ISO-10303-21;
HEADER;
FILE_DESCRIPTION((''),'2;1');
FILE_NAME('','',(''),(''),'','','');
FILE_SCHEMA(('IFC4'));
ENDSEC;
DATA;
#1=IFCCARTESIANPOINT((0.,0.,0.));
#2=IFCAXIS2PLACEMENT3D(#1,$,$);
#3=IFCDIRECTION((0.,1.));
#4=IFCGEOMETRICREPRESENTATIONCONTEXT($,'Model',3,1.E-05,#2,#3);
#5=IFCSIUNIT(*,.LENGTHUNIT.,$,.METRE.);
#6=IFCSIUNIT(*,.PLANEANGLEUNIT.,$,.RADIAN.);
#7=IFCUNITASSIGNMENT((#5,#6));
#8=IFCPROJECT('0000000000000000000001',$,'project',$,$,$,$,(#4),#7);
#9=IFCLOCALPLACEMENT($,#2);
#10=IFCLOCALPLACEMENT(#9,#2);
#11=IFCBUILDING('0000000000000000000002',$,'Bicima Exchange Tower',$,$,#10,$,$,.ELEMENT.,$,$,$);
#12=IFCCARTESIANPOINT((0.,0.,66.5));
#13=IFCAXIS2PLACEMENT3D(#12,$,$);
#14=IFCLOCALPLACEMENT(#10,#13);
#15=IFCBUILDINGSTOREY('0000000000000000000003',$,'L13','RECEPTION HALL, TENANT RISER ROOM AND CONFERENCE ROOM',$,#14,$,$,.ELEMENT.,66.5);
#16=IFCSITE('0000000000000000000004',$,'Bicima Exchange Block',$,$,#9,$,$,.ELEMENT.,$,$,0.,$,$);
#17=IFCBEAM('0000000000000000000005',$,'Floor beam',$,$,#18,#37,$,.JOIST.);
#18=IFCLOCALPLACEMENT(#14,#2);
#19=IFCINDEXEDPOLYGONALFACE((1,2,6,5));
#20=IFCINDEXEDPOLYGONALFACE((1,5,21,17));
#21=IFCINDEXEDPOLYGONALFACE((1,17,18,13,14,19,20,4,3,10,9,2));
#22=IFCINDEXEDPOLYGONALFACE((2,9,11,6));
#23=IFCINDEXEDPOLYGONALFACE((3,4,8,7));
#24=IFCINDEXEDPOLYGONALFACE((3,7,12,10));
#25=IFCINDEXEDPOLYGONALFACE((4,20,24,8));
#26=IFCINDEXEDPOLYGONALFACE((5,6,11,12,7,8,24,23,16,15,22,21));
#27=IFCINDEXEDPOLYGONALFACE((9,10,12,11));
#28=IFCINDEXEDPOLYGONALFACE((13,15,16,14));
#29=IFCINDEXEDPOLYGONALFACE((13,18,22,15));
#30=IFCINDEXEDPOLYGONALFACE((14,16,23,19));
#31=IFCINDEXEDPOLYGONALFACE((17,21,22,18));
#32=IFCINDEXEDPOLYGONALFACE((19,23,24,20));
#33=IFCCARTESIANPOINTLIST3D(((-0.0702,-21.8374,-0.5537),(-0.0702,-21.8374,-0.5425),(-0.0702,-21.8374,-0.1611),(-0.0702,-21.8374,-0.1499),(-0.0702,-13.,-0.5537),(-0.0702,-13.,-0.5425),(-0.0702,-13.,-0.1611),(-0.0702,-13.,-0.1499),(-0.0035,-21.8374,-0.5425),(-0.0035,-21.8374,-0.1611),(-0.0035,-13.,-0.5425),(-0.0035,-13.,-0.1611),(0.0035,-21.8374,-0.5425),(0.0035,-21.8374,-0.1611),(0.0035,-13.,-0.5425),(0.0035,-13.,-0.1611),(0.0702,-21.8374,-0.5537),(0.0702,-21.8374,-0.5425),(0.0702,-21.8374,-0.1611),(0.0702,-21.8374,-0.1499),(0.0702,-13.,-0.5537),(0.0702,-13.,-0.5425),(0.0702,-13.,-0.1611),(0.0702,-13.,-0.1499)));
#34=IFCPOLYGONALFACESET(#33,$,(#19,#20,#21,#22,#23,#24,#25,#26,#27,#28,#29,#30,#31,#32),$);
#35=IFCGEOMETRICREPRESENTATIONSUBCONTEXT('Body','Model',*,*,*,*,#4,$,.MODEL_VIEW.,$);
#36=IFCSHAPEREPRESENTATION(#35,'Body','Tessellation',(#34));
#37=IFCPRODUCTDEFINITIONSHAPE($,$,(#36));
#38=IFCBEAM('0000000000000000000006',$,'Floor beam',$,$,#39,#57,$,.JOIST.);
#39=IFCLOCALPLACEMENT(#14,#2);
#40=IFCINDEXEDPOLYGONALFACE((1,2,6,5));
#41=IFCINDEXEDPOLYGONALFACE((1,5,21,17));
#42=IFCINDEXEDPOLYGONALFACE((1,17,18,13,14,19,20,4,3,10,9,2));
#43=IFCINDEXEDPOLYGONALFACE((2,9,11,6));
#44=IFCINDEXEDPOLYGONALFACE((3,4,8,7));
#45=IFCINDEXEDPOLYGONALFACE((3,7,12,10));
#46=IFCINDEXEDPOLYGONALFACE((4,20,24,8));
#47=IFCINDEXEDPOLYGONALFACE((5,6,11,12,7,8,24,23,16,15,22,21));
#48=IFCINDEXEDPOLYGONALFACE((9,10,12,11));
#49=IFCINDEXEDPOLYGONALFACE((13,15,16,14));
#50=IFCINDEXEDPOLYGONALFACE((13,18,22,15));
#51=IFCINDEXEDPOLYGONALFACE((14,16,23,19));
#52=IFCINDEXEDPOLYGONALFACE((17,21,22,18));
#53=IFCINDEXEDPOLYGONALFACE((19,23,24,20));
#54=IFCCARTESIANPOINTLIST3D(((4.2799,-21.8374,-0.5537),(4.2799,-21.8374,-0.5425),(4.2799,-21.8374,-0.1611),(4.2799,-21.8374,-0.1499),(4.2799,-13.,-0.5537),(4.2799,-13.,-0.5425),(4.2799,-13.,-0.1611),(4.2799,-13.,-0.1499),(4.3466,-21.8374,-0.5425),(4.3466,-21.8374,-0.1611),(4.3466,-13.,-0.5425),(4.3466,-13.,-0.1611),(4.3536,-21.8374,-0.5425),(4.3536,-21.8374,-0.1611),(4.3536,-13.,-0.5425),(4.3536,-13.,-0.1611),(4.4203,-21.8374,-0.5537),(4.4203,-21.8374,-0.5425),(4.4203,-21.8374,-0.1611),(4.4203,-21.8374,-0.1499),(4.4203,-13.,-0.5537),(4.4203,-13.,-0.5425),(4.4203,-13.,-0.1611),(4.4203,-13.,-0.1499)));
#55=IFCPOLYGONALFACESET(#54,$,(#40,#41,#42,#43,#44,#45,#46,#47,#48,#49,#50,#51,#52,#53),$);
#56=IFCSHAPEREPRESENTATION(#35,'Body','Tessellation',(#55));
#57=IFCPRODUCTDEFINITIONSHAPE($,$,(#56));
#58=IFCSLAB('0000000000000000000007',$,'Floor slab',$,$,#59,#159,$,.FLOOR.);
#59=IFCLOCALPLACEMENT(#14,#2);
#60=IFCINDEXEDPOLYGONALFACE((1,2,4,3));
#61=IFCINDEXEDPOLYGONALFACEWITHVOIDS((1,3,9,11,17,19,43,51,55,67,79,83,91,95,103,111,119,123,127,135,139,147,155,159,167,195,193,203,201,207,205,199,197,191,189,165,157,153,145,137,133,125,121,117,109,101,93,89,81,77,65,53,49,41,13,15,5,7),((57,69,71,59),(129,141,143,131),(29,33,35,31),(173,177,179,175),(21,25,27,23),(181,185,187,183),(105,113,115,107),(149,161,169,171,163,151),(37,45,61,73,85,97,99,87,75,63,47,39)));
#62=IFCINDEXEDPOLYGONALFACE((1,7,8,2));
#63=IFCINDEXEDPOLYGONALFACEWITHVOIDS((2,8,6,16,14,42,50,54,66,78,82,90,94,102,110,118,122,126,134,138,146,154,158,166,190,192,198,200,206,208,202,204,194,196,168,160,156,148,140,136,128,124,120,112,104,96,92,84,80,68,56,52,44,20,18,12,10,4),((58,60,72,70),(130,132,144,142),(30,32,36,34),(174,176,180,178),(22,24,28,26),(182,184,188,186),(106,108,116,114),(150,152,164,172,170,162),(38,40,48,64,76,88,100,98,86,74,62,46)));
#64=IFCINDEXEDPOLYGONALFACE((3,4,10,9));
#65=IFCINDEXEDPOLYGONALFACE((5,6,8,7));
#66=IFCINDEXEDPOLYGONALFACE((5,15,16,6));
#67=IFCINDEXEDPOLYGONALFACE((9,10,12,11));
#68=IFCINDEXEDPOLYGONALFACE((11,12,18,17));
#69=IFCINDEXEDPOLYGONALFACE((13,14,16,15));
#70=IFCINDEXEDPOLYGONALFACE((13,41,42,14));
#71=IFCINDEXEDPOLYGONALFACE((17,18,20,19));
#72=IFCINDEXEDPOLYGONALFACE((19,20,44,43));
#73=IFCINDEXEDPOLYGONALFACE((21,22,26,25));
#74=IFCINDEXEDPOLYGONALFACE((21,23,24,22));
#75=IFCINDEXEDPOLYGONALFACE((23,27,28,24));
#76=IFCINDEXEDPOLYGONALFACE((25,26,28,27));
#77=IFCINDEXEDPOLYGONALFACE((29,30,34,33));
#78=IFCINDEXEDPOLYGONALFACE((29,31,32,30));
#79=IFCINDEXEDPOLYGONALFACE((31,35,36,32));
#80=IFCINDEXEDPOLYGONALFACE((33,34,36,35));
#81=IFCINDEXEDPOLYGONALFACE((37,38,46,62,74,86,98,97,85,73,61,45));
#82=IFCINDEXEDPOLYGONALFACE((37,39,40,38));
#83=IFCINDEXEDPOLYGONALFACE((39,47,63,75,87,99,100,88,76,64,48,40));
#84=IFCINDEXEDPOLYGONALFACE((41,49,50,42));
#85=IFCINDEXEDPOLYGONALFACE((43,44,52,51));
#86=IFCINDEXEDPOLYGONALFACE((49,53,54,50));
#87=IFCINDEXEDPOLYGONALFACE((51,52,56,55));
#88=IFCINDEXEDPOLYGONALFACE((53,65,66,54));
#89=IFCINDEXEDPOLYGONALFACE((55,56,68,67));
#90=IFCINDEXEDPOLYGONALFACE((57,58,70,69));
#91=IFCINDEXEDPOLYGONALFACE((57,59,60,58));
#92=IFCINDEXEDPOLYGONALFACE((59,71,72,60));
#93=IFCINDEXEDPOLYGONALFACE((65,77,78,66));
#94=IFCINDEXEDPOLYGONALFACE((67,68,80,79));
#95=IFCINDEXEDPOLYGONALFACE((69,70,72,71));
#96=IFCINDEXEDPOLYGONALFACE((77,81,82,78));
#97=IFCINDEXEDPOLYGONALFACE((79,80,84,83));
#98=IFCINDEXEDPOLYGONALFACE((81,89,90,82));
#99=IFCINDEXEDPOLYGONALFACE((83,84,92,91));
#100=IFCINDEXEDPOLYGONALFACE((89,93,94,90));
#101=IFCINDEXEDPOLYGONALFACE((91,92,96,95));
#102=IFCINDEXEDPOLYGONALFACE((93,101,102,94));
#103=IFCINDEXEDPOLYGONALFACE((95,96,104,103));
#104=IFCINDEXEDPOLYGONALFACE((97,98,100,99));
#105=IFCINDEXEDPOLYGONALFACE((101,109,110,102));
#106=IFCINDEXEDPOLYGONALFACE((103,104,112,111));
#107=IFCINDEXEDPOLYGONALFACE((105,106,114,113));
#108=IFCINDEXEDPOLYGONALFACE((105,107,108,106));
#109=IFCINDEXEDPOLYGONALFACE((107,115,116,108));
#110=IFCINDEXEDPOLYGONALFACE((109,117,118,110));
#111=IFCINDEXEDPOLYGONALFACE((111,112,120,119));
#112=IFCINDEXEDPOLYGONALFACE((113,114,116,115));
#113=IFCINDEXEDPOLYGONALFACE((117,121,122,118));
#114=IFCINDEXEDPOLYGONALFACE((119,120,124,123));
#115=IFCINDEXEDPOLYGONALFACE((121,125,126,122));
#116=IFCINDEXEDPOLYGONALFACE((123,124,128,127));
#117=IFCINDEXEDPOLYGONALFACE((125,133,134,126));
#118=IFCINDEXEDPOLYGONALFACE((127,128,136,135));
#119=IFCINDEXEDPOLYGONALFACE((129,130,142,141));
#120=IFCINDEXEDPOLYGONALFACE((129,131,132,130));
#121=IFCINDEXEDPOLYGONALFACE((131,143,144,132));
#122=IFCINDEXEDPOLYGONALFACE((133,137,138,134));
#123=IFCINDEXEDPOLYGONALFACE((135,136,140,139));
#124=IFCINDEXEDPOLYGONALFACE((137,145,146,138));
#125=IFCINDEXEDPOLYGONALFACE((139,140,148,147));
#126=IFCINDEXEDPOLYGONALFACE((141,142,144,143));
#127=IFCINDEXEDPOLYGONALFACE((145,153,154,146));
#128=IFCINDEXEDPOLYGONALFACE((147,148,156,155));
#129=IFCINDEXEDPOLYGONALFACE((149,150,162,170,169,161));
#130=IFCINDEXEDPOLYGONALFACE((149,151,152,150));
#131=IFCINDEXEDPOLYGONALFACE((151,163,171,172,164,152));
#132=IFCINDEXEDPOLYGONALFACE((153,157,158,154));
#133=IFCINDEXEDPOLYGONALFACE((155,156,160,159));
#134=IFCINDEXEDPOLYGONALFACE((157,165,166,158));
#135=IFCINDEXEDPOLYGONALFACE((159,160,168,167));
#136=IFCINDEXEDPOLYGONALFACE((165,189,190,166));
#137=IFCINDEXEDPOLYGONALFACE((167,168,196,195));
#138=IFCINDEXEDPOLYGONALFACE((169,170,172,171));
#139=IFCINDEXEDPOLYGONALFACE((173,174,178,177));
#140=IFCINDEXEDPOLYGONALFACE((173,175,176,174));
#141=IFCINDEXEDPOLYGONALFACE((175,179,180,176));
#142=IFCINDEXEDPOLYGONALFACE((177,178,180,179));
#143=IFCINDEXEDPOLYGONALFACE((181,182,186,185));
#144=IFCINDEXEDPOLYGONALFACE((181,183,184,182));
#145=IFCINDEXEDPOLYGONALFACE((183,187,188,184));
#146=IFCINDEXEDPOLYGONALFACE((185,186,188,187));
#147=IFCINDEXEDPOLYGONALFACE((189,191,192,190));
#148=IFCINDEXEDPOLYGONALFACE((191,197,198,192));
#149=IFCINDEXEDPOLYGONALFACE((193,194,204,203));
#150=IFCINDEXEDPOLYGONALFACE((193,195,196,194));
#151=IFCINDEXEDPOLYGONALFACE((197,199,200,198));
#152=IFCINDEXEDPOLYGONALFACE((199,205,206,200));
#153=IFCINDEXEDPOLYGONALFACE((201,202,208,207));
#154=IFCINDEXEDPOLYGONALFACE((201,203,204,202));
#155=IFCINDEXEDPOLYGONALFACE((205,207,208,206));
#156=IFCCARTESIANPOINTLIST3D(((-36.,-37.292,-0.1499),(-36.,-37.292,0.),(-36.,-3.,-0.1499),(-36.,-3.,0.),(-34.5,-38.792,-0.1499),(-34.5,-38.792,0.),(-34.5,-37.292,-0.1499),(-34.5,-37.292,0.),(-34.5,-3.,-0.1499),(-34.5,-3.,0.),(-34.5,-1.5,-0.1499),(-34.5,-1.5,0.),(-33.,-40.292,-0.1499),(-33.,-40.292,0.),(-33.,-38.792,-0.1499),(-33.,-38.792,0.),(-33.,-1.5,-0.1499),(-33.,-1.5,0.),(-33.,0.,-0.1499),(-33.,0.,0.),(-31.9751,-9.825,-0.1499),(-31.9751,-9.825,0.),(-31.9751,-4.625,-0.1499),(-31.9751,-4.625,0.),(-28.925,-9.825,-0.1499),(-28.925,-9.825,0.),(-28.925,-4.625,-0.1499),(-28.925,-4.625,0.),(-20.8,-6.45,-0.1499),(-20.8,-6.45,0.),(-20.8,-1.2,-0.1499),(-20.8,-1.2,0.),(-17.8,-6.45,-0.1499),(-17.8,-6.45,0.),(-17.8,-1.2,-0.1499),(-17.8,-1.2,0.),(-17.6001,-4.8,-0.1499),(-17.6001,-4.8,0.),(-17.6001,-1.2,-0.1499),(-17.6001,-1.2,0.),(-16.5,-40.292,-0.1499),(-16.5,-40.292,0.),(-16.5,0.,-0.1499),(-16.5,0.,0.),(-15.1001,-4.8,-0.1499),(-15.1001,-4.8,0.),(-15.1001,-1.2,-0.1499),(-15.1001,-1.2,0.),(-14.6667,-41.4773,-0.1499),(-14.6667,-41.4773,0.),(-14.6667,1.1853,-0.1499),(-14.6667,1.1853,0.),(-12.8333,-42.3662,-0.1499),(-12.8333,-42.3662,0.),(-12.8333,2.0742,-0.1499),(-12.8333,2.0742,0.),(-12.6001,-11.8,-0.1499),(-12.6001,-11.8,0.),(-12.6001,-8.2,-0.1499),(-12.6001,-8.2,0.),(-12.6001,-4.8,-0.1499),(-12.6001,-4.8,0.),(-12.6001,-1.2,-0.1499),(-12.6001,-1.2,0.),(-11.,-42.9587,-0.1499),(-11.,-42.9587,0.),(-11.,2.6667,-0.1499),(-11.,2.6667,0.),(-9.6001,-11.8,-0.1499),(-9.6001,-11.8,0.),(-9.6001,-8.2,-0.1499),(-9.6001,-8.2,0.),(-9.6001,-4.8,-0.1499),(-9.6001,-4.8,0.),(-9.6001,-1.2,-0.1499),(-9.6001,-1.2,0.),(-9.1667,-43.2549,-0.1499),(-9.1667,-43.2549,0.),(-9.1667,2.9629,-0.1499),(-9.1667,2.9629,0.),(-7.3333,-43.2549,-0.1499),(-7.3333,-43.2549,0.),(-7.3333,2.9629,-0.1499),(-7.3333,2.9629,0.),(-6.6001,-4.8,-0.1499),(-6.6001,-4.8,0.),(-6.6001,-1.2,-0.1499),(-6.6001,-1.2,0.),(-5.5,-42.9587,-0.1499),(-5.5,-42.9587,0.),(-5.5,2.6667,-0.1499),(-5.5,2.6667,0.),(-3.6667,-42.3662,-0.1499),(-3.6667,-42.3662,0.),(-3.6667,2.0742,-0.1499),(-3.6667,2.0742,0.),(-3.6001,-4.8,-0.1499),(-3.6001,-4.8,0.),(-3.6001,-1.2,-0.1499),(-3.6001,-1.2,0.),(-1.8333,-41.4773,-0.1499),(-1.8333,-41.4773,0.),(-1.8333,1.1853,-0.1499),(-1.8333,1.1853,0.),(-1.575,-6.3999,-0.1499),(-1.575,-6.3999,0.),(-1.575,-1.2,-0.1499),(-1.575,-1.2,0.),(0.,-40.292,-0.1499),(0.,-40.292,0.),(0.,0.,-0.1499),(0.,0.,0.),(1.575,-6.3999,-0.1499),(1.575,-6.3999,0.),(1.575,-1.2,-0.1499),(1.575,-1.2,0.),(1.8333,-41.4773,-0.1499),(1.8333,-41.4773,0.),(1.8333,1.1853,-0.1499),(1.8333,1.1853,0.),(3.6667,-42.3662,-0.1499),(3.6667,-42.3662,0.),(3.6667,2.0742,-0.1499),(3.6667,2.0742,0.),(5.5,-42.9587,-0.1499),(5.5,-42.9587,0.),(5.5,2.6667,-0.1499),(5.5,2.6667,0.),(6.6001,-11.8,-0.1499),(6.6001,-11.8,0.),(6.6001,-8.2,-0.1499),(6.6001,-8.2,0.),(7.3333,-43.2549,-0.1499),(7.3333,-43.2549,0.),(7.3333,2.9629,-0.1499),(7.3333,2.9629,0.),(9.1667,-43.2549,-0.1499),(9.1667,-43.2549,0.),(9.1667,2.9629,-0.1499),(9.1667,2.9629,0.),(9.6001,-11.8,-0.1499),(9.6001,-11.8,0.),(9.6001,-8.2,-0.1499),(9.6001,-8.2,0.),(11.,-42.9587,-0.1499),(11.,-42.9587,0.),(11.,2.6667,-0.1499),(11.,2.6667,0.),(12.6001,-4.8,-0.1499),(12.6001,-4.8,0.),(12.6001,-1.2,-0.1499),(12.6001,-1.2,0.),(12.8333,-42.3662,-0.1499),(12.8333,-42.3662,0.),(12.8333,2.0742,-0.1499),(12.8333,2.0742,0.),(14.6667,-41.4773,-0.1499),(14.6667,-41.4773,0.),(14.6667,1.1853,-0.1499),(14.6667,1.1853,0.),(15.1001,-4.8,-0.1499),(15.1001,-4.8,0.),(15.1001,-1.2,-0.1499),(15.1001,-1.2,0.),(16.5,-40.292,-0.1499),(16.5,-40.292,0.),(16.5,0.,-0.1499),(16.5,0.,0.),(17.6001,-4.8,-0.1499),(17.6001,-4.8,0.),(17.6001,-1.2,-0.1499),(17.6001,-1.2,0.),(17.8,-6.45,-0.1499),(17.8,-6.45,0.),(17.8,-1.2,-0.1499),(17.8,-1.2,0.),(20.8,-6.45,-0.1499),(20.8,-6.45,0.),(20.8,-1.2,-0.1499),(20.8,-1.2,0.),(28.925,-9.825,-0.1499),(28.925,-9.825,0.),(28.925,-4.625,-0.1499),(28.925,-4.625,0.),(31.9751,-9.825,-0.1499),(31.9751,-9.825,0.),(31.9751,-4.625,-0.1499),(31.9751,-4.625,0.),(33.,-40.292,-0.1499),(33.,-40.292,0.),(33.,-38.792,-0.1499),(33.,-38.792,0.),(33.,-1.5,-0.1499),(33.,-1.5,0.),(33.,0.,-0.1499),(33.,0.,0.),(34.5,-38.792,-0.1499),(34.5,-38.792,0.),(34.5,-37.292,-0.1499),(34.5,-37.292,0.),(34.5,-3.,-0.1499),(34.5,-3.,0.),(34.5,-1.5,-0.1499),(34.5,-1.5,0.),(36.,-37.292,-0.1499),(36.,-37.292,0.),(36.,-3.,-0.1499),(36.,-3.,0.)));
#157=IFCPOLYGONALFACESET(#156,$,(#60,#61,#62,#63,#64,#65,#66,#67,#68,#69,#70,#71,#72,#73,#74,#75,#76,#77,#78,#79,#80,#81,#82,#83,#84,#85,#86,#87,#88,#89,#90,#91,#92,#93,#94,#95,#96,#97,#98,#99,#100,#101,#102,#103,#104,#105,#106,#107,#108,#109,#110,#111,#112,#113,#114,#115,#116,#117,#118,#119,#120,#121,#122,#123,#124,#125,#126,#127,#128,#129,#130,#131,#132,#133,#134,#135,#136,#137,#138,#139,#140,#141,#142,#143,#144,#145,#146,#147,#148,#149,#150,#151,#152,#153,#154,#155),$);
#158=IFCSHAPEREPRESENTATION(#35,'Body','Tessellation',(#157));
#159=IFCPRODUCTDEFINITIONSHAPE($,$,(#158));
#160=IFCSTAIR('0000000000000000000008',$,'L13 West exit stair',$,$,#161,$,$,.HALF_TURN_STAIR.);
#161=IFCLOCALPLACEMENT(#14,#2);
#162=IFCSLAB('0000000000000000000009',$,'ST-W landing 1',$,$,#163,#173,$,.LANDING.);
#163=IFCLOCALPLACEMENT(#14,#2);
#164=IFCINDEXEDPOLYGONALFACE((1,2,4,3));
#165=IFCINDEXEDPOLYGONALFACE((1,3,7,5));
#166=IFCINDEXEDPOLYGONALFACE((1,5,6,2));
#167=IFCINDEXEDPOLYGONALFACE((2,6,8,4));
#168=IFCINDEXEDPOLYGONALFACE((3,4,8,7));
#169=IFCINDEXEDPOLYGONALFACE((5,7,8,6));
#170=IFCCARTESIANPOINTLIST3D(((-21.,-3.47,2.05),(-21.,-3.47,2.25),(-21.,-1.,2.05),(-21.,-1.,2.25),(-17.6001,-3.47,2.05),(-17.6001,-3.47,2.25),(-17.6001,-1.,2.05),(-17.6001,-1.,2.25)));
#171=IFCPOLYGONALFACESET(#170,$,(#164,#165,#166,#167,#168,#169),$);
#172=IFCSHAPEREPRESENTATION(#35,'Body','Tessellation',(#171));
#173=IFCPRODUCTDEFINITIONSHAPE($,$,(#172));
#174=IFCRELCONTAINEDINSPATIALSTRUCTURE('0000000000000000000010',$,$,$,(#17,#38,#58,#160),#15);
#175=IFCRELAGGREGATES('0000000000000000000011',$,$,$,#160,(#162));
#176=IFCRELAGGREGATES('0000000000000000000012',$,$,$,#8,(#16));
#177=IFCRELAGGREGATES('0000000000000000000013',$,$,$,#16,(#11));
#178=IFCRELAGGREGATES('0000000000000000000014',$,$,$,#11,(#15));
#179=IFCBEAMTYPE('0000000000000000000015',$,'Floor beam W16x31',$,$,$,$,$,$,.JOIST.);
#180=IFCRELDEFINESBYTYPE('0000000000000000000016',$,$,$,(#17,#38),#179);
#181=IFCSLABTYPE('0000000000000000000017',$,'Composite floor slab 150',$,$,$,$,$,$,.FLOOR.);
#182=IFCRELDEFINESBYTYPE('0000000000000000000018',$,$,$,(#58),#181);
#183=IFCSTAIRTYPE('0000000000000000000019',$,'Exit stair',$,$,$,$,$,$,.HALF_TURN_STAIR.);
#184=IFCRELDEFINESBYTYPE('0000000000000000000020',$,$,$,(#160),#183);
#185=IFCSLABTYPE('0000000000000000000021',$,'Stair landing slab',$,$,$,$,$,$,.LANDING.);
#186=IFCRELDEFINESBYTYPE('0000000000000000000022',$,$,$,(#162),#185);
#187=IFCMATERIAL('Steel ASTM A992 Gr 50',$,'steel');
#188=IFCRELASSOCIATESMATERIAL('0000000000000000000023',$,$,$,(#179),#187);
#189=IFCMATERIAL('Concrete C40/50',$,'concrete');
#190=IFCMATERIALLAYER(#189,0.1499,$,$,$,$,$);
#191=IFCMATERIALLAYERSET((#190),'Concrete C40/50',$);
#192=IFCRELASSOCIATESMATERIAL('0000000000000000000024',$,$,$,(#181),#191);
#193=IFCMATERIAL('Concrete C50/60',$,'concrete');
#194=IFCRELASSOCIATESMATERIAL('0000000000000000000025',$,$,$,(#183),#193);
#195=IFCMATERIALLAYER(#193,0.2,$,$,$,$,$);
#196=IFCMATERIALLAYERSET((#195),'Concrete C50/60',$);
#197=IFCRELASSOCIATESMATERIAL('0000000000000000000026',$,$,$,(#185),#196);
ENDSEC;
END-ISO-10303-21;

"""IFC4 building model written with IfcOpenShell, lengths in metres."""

from ifc_helpers import new_model, si_unit, direction, frame, origin, origin_2d, place, context, subcontext, project, spatial, polyline, i_section, outline, extrude, material, layer, layer_set, material_profile, profile_set, type_object, element, aggregate, save


model = new_model("IFC4")

# Units and contexts
model_context = context("Model", 3, precision=1e-05, world=origin(), true_north=direction((0.0, 1.0)))
body_context = subcontext(model_context, "Body", "Model", "MODEL_VIEW")
ifc_project = project(units=[si_unit("LENGTHUNIT", "METRE"), si_unit("PLANEANGLEUNIT", "RADIAN")], contexts=[model_context])

# Site, building, storey
site_placement = place(None, origin())
site = spatial("IfcSite", under=ifc_project, at=site_placement, Name="Bicima Exchange Block", CompositionType="ELEMENT", RefElevation=0.0)
building_placement = place(site_placement, origin())
building = spatial("IfcBuilding", under=site, at=building_placement, Name="Bicima Exchange Tower", CompositionType="ELEMENT")
storey_placement = place(building_placement, frame((0.0, 0.0, 66.5)))
storey = spatial("IfcBuildingStorey", under=building, at=storey_placement, Name="L13", Description="RECEPTION HALL, TENANT RISER ROOM AND CONFERENCE ROOM", CompositionType="ELEMENT", Elevation=66.5)

# Beams
ifc_material_1 = material(Name="Steel ASTM A992 Gr 50", Category="steel")
ifc_material_profile = material_profile(ifc_material_1, i_section(OverallWidth=0.1404, OverallDepth=0.4038, WebThickness=0.0071, FlangeThickness=0.0112, at=origin_2d()))
ifc_profile_set = profile_set([ifc_material_profile], Name="Steel ASTM A992 Gr 50")
beam_type = type_object("IfcBeamType", Name="Floor beam W16x31", PredefinedType="JOIST", material=ifc_profile_set)
for number, where, z_axis, x_axis, name in (
    (1, (0.0, -13.0, -0.3518), (0.0, -1.0, 0.0), (1.0, 0.0, 0.0), "Floor beam"),
    (2, (4.3501, -13.0, -0.3518), (0.0, -1.0, 0.0), (1.0, 0.0, 0.0), "Floor beam"),
):
    element("IfcBeam", number, at=place(storey_placement, frame(where, z_axis=z_axis, x_axis=x_axis)), inside=storey, type_object=beam_type, Name=name, PredefinedType="JOIST", context=body_context, shape_type="SweptSolid", body=[
        extrude(i_section(OverallWidth=0.1404, OverallDepth=0.4038, WebThickness=0.0071, FlangeThickness=0.0112, at=origin_2d()), origin(), (0.0, 0.0, 1.0), 8.8374),
    ])

# Slab
ifc_material_2 = material(Name="Concrete C40/50", Category="concrete")
ifc_layer_1 = layer(ifc_material_2, 0.1499)
ifc_layer_set_1 = layer_set([ifc_layer_1], Name="Concrete C40/50")
slab_type_1 = type_object("IfcSlabType", Name="Composite floor slab 150", PredefinedType="FLOOR", material=ifc_layer_set_1)
slab_1_placement = place(storey_placement, frame((0.0, 0.0, -0.1499)))
element("IfcSlab", 3, at=slab_1_placement, inside=storey, type_object=slab_type_1, Name="Floor slab", PredefinedType="FLOOR", context=body_context, shape_type="SweptSolid", body=[
    extrude(outline(polyline([(-36.0, -37.292), (-36.0, -3.0), (-34.5, -3.0), (-34.5, -1.5), (-33.0, -1.5), (-33.0, 0.0), (-16.5, 0.0), (-14.6667, 1.1853), (-12.8333, 2.0742), (-11.0, 2.6667), (-9.1667, 2.9629), (-7.3333, 2.9629), (-5.5, 2.6667), (-3.6667, 2.0742), (-1.8333, 1.1853), (0.0, 0.0), (1.8333, 1.1853), (3.6667, 2.0742), (5.5, 2.6667), (7.3333, 2.9629), (9.1667, 2.9629), (11.0, 2.6667), (12.8333, 2.0742), (14.6667, 1.1853), (16.5, 0.0), (33.0, 0.0), (33.0, -1.5), (34.5, -1.5), (34.5, -3.0), (36.0, -3.0), (36.0, -37.292), (34.5, -37.292), (34.5, -38.792), (33.0, -38.792), (33.0, -40.292), (16.5, -40.292), (14.6667, -41.4773), (12.8333, -42.3662), (11.0, -42.9587), (9.1667, -43.2549), (7.3333, -43.2549), (5.5, -42.9587), (3.6667, -42.3662), (1.8333, -41.4773), (0.0, -40.292), (-1.8333, -41.4773), (-3.6667, -42.3662), (-5.5, -42.9587), (-7.3333, -43.2549), (-9.1667, -43.2549), (-11.0, -42.9587), (-12.8333, -42.3662), (-14.6667, -41.4773), (-16.5, -40.292), (-33.0, -40.292), (-33.0, -38.792), (-34.5, -38.792), (-34.5, -37.292), (-36.0, -37.292)]), holes=[polyline([(-9.6001, -11.8), (-9.6001, -8.2), (-12.6001, -8.2), (-12.6001, -11.8), (-9.6001, -11.8)]), polyline([(-31.9751, -9.825), (-28.925, -9.825), (-28.925, -4.625), (-31.9751, -4.625), (-31.9751, -9.825)]), polyline([(-20.8, -6.45), (-17.8, -6.45), (-17.8, -1.2), (-20.8, -1.2), (-20.8, -6.45)]), polyline([(-9.6001, -1.2), (-12.6001, -1.2), (-15.1001, -1.2), (-17.6001, -1.2), (-17.6001, -4.8), (-15.1001, -4.8), (-12.6001, -4.8), (-9.6001, -4.8), (-6.6001, -4.8), (-3.6001, -4.8), (-3.6001, -1.2), (-6.6001, -1.2), (-9.6001, -1.2)]), polyline([(9.6001, -11.8), (9.6001, -8.2), (6.6001, -8.2), (6.6001, -11.8), (9.6001, -11.8)]), polyline([(28.925, -9.825), (31.9751, -9.825), (31.9751, -4.625), (28.925, -4.625), (28.925, -9.825)]), polyline([(17.8, -6.45), (20.8, -6.45), (20.8, -1.2), (17.8, -1.2), (17.8, -6.45)]), polyline([(-1.575, -6.3999), (1.575, -6.3999), (1.575, -1.2), (-1.575, -1.2), (-1.575, -6.3999)]), polyline([(17.6001, -4.8), (17.6001, -1.2), (15.1001, -1.2), (12.6001, -1.2), (12.6001, -4.8), (15.1001, -4.8), (17.6001, -4.8)])]), origin(), (0.0, 0.0, 1.0), 0.1499),
])

# Stair, slab
ifc_material_3 = material(Name="Concrete C50/60", Category="concrete")
stair_type_1 = type_object("IfcStairType", Name="Exit stair", PredefinedType="HALF_TURN_STAIR", material=ifc_material_3)
stair_1_placement = place(storey_placement, origin())
stair_1 = element("IfcStair", 4, at=stair_1_placement, inside=storey, type_object=stair_type_1, Name="L13 West exit stair", PredefinedType="HALF_TURN_STAIR")
ifc_layer_2 = layer(ifc_material_3, 0.2)
ifc_layer_set_2 = layer_set([ifc_layer_2], Name="Concrete C50/60")
slab_type_2 = type_object("IfcSlabType", Name="Stair landing slab", PredefinedType="LANDING", material=ifc_layer_set_2)
slab_2_placement = place(storey_placement, frame((0.0, 0.0, 2.05)))
slab_2 = element("IfcSlab", 5, at=slab_2_placement, type_object=slab_type_2, Name="ST-W landing 1", PredefinedType="LANDING", context=body_context, shape_type="SweptSolid", body=[
    extrude(outline(polyline([(-17.6001, -3.47), (-17.6001, -1.0), (-21.0, -1.0), (-21.0, -3.47), (-17.6001, -3.47)])), origin(), (0.0, 0.0, 1.0), 0.2),
])
aggregate(stair_1, [slab_2])

save(model, "model.ifc")
